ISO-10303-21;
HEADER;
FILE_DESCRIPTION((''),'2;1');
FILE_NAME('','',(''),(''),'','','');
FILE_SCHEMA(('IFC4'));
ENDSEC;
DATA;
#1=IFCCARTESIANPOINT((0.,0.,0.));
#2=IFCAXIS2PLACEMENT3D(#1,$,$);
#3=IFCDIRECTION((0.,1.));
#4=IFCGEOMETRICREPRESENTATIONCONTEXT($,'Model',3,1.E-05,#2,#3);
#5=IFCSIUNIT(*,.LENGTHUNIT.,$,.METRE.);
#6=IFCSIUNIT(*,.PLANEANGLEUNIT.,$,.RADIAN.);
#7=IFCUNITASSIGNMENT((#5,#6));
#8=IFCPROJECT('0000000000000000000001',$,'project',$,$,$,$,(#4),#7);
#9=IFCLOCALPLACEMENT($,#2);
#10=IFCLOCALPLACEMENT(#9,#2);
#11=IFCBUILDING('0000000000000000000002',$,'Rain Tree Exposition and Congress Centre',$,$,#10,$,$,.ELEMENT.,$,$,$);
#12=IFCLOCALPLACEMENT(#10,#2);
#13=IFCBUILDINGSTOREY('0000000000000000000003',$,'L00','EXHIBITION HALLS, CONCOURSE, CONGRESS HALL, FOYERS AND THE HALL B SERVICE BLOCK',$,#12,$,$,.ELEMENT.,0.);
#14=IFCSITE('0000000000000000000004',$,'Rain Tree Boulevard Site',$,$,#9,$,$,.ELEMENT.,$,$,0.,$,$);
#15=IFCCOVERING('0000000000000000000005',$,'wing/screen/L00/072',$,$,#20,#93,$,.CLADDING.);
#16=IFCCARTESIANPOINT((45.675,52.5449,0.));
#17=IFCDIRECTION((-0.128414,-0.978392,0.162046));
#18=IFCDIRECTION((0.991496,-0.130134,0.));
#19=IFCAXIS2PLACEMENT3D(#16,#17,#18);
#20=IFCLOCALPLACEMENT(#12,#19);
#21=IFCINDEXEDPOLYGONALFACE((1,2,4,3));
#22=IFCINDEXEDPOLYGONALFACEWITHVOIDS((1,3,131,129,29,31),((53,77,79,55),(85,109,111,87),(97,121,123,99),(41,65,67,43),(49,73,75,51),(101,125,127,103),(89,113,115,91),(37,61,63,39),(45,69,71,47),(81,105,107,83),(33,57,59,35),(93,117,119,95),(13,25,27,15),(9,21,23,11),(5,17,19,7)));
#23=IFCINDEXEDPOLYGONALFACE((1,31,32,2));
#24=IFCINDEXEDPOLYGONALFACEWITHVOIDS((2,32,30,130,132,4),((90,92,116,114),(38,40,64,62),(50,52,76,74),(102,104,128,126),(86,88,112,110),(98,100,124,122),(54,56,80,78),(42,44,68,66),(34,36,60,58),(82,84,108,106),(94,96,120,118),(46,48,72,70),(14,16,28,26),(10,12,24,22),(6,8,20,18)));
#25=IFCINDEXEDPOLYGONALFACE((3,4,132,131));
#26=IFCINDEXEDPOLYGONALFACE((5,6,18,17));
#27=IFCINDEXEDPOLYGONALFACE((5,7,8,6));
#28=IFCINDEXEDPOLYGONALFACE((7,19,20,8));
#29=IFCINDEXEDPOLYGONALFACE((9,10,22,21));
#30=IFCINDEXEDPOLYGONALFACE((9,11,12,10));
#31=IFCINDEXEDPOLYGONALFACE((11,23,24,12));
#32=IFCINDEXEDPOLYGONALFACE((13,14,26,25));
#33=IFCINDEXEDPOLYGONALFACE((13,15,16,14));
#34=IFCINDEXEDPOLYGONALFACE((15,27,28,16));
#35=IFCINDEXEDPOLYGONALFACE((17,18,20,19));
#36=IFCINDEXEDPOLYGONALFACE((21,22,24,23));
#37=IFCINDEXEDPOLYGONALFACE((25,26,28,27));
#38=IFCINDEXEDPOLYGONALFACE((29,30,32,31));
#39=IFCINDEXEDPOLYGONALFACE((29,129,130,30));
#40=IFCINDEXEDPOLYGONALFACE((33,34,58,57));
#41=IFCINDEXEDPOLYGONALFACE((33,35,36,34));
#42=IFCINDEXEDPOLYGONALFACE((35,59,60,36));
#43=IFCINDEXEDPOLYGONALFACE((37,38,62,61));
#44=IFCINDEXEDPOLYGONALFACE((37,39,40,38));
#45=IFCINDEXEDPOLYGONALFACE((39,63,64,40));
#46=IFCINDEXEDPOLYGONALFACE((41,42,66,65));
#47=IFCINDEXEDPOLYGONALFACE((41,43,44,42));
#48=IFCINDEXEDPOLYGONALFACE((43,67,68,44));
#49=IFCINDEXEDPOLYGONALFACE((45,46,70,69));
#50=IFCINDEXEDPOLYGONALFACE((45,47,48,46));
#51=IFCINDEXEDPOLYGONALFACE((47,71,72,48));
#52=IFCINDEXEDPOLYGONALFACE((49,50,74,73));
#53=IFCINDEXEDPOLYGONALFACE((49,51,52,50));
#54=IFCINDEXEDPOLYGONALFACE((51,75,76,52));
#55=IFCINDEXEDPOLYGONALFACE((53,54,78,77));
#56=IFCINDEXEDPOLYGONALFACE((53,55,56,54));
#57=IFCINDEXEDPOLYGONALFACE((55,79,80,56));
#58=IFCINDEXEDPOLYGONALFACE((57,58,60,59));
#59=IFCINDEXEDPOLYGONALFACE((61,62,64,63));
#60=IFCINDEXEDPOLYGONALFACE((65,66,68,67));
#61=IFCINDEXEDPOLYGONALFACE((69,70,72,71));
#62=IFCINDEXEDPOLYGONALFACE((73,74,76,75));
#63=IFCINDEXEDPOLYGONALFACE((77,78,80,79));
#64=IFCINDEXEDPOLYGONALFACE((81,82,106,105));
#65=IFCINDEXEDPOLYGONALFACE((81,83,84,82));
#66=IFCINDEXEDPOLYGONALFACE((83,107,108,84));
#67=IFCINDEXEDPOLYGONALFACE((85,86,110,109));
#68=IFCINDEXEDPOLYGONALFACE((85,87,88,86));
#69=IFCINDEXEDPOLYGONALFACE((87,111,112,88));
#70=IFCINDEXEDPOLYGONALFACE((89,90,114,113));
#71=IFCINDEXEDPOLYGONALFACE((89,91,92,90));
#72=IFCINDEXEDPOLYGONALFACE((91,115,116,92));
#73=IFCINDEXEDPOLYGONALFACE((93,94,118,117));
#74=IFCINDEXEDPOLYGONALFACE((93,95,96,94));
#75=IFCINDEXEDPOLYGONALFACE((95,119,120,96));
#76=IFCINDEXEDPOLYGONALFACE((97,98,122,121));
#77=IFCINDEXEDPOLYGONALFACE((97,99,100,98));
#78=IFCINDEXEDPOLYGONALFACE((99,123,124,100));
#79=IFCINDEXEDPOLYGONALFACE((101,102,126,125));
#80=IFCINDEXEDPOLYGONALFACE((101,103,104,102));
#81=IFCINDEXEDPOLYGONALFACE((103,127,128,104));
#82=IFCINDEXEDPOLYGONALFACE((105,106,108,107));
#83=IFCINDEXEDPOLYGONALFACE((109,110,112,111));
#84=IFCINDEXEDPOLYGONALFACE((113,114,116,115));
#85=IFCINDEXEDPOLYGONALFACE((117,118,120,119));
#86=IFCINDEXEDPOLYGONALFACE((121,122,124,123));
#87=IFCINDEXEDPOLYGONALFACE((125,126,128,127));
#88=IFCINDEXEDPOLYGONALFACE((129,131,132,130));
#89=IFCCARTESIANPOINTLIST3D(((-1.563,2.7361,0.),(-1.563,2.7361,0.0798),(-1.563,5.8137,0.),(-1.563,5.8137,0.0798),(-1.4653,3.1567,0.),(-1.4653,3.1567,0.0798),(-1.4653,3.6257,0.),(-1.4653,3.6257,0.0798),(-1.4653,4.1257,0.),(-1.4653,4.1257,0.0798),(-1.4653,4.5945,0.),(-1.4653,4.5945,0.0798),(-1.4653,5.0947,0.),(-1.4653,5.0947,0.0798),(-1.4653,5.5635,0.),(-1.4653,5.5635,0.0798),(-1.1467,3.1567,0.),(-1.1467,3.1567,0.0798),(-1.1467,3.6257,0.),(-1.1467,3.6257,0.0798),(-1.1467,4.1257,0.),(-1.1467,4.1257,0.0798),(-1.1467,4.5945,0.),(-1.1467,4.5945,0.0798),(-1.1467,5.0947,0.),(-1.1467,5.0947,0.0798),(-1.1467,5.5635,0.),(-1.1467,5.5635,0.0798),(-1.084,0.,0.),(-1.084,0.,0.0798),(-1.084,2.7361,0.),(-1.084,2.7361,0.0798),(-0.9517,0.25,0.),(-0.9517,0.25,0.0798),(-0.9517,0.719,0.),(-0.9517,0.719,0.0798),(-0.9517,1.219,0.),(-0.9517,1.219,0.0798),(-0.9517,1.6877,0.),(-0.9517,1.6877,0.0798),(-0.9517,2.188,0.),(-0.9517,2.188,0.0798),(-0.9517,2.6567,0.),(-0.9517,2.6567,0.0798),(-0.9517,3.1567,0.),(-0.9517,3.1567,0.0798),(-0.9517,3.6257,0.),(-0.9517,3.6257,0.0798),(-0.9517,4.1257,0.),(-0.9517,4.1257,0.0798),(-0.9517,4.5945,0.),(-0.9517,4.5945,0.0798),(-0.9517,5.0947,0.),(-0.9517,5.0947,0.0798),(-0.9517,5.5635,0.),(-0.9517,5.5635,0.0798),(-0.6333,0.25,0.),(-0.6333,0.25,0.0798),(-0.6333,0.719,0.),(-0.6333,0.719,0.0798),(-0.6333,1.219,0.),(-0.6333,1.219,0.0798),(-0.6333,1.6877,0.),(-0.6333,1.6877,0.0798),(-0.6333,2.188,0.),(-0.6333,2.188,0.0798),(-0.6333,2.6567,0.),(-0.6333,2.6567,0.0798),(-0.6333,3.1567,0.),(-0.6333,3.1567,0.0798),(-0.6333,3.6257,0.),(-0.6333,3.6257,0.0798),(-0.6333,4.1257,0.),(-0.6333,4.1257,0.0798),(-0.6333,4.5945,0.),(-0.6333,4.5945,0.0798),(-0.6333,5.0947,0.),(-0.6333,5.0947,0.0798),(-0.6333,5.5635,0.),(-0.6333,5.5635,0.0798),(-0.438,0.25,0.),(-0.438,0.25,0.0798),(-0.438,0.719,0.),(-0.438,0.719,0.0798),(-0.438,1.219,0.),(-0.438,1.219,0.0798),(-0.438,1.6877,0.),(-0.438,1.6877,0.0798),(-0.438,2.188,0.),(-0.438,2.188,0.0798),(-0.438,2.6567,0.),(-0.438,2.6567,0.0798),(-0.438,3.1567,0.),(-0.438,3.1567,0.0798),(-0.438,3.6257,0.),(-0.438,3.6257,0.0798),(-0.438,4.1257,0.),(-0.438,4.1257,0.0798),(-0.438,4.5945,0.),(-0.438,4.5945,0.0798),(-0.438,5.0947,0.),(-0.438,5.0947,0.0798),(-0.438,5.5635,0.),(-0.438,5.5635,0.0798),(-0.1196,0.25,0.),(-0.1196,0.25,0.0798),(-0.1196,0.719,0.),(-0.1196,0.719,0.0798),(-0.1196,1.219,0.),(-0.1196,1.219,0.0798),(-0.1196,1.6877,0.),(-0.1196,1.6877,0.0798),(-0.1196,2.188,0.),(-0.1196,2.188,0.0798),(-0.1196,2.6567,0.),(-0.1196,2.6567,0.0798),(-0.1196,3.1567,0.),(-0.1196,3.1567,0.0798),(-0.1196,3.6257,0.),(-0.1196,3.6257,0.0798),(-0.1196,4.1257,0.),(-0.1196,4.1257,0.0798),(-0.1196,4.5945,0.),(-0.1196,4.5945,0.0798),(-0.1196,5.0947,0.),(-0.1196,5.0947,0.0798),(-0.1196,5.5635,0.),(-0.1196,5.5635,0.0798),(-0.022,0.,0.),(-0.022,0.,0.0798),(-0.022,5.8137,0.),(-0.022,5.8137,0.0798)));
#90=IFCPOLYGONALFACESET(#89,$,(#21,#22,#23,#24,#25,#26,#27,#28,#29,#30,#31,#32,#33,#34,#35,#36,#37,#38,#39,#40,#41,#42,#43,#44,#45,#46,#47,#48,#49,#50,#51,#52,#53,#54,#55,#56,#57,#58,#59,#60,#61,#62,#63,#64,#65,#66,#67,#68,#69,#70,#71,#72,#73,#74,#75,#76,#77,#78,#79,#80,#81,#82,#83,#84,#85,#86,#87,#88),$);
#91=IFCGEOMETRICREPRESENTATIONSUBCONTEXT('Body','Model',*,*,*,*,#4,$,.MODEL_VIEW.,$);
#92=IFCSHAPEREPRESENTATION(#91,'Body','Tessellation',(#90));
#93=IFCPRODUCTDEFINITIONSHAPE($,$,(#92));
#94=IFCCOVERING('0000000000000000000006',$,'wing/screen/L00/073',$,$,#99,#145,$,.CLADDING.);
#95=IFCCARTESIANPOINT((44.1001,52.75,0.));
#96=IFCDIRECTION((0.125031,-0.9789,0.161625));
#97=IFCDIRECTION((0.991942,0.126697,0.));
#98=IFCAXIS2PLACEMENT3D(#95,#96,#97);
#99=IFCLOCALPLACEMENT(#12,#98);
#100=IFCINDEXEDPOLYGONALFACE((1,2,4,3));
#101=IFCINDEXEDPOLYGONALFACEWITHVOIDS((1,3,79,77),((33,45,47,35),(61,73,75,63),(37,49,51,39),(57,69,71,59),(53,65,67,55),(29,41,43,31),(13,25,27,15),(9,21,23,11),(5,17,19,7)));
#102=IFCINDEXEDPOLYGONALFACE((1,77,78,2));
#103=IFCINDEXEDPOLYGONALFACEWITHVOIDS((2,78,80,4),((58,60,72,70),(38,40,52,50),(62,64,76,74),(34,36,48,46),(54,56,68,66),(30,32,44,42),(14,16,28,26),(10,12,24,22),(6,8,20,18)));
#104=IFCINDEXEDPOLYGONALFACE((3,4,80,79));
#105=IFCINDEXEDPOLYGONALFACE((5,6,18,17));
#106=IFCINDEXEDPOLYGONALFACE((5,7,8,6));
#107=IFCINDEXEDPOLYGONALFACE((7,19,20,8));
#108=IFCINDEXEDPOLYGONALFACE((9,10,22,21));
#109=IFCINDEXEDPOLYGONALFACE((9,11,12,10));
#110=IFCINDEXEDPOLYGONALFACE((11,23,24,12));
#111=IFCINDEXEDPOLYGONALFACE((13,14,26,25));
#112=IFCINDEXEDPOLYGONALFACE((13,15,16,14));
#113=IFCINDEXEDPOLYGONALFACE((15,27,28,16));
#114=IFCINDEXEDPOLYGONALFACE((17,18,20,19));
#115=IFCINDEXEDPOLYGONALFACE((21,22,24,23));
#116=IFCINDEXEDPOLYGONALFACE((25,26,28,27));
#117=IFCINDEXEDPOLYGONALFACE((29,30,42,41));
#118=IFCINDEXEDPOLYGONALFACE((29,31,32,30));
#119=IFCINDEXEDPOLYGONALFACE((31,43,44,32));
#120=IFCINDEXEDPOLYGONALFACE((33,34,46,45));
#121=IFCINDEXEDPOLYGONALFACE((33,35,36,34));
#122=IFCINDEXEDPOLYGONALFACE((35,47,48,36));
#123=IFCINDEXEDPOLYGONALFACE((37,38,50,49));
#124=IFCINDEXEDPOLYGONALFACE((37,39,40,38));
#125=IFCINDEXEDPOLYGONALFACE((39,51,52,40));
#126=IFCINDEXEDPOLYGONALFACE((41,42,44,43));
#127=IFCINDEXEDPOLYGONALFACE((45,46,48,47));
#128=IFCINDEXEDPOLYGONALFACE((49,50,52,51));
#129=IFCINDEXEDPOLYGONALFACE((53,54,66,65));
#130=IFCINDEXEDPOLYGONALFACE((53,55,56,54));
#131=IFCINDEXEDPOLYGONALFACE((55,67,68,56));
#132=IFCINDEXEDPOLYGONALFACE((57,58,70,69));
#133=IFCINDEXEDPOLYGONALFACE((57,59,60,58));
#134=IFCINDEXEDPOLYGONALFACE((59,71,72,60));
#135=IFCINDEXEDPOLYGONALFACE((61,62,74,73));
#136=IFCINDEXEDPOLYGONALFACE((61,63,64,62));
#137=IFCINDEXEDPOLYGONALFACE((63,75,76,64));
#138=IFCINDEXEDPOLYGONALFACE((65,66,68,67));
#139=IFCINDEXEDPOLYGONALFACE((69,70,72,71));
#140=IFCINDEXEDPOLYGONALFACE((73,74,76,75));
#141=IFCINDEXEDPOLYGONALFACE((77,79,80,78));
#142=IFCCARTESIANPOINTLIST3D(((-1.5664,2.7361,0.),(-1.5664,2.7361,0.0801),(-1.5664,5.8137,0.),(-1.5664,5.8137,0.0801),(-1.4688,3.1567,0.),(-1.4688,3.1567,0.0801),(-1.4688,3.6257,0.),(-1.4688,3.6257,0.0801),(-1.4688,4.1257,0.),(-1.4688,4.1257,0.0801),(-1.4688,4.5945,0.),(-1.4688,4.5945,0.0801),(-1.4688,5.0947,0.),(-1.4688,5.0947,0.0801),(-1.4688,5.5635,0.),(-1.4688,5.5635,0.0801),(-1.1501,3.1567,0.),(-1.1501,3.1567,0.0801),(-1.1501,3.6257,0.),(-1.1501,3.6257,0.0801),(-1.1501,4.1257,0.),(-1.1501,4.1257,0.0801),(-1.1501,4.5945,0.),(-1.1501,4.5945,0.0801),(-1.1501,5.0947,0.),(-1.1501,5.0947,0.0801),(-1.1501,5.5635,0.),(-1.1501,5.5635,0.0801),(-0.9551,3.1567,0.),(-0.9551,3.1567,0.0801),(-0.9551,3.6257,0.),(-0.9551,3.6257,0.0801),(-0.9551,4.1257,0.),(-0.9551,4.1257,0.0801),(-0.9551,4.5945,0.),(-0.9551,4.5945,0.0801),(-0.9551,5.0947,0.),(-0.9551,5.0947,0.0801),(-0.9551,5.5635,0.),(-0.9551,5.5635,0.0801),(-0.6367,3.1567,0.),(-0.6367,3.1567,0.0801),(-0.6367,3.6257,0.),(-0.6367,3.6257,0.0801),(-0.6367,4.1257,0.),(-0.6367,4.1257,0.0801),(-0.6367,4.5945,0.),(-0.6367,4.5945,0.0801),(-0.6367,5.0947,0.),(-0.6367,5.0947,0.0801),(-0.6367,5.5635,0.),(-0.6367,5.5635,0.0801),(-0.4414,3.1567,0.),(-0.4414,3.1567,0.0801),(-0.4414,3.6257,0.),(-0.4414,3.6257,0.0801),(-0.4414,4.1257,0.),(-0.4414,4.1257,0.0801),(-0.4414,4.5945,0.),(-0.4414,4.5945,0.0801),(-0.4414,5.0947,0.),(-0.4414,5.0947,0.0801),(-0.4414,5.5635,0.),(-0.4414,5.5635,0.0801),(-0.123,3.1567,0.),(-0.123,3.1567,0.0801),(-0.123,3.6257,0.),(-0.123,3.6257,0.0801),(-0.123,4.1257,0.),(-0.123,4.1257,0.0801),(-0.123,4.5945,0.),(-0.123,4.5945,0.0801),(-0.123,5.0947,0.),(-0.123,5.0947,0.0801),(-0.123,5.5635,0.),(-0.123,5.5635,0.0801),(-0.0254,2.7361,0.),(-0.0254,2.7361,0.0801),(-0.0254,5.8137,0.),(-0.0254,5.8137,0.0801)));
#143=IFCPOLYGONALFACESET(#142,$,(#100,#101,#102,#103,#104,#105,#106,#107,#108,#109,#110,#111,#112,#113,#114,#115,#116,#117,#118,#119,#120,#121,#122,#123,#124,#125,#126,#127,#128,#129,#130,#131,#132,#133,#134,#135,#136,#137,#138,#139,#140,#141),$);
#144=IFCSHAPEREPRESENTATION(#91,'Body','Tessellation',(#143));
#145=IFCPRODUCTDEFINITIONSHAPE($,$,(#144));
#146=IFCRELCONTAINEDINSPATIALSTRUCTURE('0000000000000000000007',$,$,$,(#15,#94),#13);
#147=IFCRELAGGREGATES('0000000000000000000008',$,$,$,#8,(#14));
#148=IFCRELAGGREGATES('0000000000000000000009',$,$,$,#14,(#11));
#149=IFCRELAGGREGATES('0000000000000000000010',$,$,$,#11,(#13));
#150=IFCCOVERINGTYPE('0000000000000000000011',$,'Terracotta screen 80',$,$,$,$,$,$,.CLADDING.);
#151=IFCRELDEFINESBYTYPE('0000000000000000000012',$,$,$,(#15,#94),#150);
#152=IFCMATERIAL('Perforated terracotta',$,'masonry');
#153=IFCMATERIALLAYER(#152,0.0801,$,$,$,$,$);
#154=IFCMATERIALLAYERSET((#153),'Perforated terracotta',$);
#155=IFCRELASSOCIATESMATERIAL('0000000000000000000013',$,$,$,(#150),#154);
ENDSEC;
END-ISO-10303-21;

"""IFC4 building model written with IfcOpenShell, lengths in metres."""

from ifc_helpers import new_model, si_unit, direction, frame, origin, place, context, subcontext, project, spatial, polyline, outline, extrude, material, layer, layer_set, type_object, element, save


model = new_model("IFC4")

# Units and contexts
model_context = context("Model", 3, precision=1e-05, world=origin(), true_north=direction((0.0, 1.0)))
body_context = subcontext(model_context, "Body", "Model", "MODEL_VIEW")
ifc_project = project(units=[si_unit("LENGTHUNIT", "METRE"), si_unit("PLANEANGLEUNIT", "RADIAN")], contexts=[model_context])

# Site, building, storey
site_placement = place(None, origin())
site = spatial("IfcSite", under=ifc_project, at=site_placement, Name="Rain Tree Boulevard Site", CompositionType="ELEMENT", RefElevation=0.0)
building_placement = place(site_placement, origin())
building = spatial("IfcBuilding", under=site, at=building_placement, Name="Rain Tree Exposition and Congress Centre", CompositionType="ELEMENT")
storey_placement = place(building_placement, origin())
storey = spatial("IfcBuildingStorey", under=building, at=storey_placement, Name="L00", Description="EXHIBITION HALLS, CONCOURSE, CONGRESS HALL, FOYERS AND THE HALL B SERVICE BLOCK", CompositionType="ELEMENT", Elevation=0.0)

# Coverings
ifc_material_1 = material(Name="Perforated terracotta", Category="masonry")
ifc_layer_1 = layer(ifc_material_1, 0.0801)
ifc_layer_set_1 = layer_set([ifc_layer_1], Name="Perforated terracotta")
covering_type = type_object("IfcCoveringType", Name="Terracotta screen 80", PredefinedType="CLADDING", material=ifc_layer_set_1)
covering_1_placement = place(storey_placement, frame((45.675, 52.5449, 0.0), z_axis=(-0.128414, -0.978392, 0.162046), x_axis=(0.991496, -0.130134, 0.0)))
element("IfcCovering", 1, at=covering_1_placement, inside=storey, type_object=covering_type, Name="wing/screen/L00/072", PredefinedType="CLADDING", context=body_context, shape_type="SweptSolid", body=[
    extrude(outline(polyline([(-0.022, 5.8137), (-0.022, 0.0), (-1.084, 0.0), (-1.084, 2.7361), (-1.563, 2.7361), (-1.563, 5.8137), (-0.022, 5.8137)]), holes=[polyline([(-0.1196, 0.25), (-0.1196, 0.719), (-0.438, 0.719), (-0.438, 0.25), (-0.1196, 0.25)]), polyline([(-0.1196, 1.219), (-0.1196, 1.6877), (-0.438, 1.6877), (-0.438, 1.219), (-0.1196, 1.219)]), polyline([(-0.1196, 2.188), (-0.1196, 2.6567), (-0.438, 2.6567), (-0.438, 2.188), (-0.1196, 2.188)]), polyline([(-0.1196, 3.1567), (-0.1196, 3.6257), (-0.438, 3.6257), (-0.438, 3.1567), (-0.1196, 3.1567)]), polyline([(-0.1196, 4.1257), (-0.1196, 4.5945), (-0.438, 4.5945), (-0.438, 4.1257), (-0.1196, 4.1257)]), polyline([(-0.1196, 5.0947), (-0.1196, 5.5635), (-0.438, 5.5635), (-0.438, 5.0947), (-0.1196, 5.0947)]), polyline([(-0.6333, 0.25), (-0.6333, 0.719), (-0.9517, 0.719), (-0.9517, 0.25), (-0.6333, 0.25)]), polyline([(-0.6333, 1.219), (-0.6333, 1.6877), (-0.9517, 1.6877), (-0.9517, 1.219), (-0.6333, 1.219)]), polyline([(-0.6333, 2.188), (-0.6333, 2.6567), (-0.9517, 2.6567), (-0.9517, 2.188), (-0.6333, 2.188)]), polyline([(-0.6333, 3.1567), (-0.6333, 3.6257), (-0.9517, 3.6257), (-0.9517, 3.1567), (-0.6333, 3.1567)]), polyline([(-0.6333, 4.1257), (-0.6333, 4.5945), (-0.9517, 4.5945), (-0.9517, 4.1257), (-0.6333, 4.1257)]), polyline([(-0.6333, 5.0947), (-0.6333, 5.5635), (-0.9517, 5.5635), (-0.9517, 5.0947), (-0.6333, 5.0947)]), polyline([(-1.1467, 3.1567), (-1.1467, 3.6257), (-1.4653, 3.6257), (-1.4653, 3.1567), (-1.1467, 3.1567)]), polyline([(-1.1467, 4.1257), (-1.1467, 4.5945), (-1.4653, 4.5945), (-1.4653, 4.1257), (-1.1467, 4.1257)]), polyline([(-1.1467, 5.0947), (-1.1467, 5.5635), (-1.4653, 5.5635), (-1.4653, 5.0947), (-1.1467, 5.0947)])]), origin(), (0.0, 0.0, 1.0), 0.0798),
])
covering_2_placement = place(storey_placement, frame((44.1001, 52.75, 0.0), z_axis=(0.125031, -0.9789, 0.161625), x_axis=(0.991942, 0.126697, 0.0)))
element("IfcCovering", 2, at=covering_2_placement, inside=storey, type_object=covering_type, Name="wing/screen/L00/073", PredefinedType="CLADDING", context=body_context, shape_type="SweptSolid", body=[
    extrude(outline(polyline([(-0.0254, 5.8137), (-0.0254, 2.7361), (-1.5664, 2.7361), (-1.5664, 5.8137), (-0.0254, 5.8137)]), holes=[polyline([(-0.123, 3.1567), (-0.123, 3.6257), (-0.4414, 3.6257), (-0.4414, 3.1567), (-0.123, 3.1567)]), polyline([(-0.123, 4.1257), (-0.123, 4.5945), (-0.4414, 4.5945), (-0.4414, 4.1257), (-0.123, 4.1257)]), polyline([(-0.123, 5.0947), (-0.123, 5.5635), (-0.4414, 5.5635), (-0.4414, 5.0947), (-0.123, 5.0947)]), polyline([(-0.6367, 3.1567), (-0.6367, 3.6257), (-0.9551, 3.6257), (-0.9551, 3.1567), (-0.6367, 3.1567)]), polyline([(-0.6367, 4.1257), (-0.6367, 4.5945), (-0.9551, 4.5945), (-0.9551, 4.1257), (-0.6367, 4.1257)]), polyline([(-0.6367, 5.0947), (-0.6367, 5.5635), (-0.9551, 5.5635), (-0.9551, 5.0947), (-0.6367, 5.0947)]), polyline([(-1.1501, 3.1567), (-1.1501, 3.6257), (-1.4688, 3.6257), (-1.4688, 3.1567), (-1.1501, 3.1567)]), polyline([(-1.1501, 4.1257), (-1.1501, 4.5945), (-1.4688, 4.5945), (-1.4688, 4.1257), (-1.1501, 4.1257)]), polyline([(-1.1501, 5.0947), (-1.1501, 5.5635), (-1.4688, 5.5635), (-1.4688, 5.0947), (-1.1501, 5.0947)])]), origin(), (0.0, 0.0, 1.0), 0.0801),
])

save(model, "model.ifc")
